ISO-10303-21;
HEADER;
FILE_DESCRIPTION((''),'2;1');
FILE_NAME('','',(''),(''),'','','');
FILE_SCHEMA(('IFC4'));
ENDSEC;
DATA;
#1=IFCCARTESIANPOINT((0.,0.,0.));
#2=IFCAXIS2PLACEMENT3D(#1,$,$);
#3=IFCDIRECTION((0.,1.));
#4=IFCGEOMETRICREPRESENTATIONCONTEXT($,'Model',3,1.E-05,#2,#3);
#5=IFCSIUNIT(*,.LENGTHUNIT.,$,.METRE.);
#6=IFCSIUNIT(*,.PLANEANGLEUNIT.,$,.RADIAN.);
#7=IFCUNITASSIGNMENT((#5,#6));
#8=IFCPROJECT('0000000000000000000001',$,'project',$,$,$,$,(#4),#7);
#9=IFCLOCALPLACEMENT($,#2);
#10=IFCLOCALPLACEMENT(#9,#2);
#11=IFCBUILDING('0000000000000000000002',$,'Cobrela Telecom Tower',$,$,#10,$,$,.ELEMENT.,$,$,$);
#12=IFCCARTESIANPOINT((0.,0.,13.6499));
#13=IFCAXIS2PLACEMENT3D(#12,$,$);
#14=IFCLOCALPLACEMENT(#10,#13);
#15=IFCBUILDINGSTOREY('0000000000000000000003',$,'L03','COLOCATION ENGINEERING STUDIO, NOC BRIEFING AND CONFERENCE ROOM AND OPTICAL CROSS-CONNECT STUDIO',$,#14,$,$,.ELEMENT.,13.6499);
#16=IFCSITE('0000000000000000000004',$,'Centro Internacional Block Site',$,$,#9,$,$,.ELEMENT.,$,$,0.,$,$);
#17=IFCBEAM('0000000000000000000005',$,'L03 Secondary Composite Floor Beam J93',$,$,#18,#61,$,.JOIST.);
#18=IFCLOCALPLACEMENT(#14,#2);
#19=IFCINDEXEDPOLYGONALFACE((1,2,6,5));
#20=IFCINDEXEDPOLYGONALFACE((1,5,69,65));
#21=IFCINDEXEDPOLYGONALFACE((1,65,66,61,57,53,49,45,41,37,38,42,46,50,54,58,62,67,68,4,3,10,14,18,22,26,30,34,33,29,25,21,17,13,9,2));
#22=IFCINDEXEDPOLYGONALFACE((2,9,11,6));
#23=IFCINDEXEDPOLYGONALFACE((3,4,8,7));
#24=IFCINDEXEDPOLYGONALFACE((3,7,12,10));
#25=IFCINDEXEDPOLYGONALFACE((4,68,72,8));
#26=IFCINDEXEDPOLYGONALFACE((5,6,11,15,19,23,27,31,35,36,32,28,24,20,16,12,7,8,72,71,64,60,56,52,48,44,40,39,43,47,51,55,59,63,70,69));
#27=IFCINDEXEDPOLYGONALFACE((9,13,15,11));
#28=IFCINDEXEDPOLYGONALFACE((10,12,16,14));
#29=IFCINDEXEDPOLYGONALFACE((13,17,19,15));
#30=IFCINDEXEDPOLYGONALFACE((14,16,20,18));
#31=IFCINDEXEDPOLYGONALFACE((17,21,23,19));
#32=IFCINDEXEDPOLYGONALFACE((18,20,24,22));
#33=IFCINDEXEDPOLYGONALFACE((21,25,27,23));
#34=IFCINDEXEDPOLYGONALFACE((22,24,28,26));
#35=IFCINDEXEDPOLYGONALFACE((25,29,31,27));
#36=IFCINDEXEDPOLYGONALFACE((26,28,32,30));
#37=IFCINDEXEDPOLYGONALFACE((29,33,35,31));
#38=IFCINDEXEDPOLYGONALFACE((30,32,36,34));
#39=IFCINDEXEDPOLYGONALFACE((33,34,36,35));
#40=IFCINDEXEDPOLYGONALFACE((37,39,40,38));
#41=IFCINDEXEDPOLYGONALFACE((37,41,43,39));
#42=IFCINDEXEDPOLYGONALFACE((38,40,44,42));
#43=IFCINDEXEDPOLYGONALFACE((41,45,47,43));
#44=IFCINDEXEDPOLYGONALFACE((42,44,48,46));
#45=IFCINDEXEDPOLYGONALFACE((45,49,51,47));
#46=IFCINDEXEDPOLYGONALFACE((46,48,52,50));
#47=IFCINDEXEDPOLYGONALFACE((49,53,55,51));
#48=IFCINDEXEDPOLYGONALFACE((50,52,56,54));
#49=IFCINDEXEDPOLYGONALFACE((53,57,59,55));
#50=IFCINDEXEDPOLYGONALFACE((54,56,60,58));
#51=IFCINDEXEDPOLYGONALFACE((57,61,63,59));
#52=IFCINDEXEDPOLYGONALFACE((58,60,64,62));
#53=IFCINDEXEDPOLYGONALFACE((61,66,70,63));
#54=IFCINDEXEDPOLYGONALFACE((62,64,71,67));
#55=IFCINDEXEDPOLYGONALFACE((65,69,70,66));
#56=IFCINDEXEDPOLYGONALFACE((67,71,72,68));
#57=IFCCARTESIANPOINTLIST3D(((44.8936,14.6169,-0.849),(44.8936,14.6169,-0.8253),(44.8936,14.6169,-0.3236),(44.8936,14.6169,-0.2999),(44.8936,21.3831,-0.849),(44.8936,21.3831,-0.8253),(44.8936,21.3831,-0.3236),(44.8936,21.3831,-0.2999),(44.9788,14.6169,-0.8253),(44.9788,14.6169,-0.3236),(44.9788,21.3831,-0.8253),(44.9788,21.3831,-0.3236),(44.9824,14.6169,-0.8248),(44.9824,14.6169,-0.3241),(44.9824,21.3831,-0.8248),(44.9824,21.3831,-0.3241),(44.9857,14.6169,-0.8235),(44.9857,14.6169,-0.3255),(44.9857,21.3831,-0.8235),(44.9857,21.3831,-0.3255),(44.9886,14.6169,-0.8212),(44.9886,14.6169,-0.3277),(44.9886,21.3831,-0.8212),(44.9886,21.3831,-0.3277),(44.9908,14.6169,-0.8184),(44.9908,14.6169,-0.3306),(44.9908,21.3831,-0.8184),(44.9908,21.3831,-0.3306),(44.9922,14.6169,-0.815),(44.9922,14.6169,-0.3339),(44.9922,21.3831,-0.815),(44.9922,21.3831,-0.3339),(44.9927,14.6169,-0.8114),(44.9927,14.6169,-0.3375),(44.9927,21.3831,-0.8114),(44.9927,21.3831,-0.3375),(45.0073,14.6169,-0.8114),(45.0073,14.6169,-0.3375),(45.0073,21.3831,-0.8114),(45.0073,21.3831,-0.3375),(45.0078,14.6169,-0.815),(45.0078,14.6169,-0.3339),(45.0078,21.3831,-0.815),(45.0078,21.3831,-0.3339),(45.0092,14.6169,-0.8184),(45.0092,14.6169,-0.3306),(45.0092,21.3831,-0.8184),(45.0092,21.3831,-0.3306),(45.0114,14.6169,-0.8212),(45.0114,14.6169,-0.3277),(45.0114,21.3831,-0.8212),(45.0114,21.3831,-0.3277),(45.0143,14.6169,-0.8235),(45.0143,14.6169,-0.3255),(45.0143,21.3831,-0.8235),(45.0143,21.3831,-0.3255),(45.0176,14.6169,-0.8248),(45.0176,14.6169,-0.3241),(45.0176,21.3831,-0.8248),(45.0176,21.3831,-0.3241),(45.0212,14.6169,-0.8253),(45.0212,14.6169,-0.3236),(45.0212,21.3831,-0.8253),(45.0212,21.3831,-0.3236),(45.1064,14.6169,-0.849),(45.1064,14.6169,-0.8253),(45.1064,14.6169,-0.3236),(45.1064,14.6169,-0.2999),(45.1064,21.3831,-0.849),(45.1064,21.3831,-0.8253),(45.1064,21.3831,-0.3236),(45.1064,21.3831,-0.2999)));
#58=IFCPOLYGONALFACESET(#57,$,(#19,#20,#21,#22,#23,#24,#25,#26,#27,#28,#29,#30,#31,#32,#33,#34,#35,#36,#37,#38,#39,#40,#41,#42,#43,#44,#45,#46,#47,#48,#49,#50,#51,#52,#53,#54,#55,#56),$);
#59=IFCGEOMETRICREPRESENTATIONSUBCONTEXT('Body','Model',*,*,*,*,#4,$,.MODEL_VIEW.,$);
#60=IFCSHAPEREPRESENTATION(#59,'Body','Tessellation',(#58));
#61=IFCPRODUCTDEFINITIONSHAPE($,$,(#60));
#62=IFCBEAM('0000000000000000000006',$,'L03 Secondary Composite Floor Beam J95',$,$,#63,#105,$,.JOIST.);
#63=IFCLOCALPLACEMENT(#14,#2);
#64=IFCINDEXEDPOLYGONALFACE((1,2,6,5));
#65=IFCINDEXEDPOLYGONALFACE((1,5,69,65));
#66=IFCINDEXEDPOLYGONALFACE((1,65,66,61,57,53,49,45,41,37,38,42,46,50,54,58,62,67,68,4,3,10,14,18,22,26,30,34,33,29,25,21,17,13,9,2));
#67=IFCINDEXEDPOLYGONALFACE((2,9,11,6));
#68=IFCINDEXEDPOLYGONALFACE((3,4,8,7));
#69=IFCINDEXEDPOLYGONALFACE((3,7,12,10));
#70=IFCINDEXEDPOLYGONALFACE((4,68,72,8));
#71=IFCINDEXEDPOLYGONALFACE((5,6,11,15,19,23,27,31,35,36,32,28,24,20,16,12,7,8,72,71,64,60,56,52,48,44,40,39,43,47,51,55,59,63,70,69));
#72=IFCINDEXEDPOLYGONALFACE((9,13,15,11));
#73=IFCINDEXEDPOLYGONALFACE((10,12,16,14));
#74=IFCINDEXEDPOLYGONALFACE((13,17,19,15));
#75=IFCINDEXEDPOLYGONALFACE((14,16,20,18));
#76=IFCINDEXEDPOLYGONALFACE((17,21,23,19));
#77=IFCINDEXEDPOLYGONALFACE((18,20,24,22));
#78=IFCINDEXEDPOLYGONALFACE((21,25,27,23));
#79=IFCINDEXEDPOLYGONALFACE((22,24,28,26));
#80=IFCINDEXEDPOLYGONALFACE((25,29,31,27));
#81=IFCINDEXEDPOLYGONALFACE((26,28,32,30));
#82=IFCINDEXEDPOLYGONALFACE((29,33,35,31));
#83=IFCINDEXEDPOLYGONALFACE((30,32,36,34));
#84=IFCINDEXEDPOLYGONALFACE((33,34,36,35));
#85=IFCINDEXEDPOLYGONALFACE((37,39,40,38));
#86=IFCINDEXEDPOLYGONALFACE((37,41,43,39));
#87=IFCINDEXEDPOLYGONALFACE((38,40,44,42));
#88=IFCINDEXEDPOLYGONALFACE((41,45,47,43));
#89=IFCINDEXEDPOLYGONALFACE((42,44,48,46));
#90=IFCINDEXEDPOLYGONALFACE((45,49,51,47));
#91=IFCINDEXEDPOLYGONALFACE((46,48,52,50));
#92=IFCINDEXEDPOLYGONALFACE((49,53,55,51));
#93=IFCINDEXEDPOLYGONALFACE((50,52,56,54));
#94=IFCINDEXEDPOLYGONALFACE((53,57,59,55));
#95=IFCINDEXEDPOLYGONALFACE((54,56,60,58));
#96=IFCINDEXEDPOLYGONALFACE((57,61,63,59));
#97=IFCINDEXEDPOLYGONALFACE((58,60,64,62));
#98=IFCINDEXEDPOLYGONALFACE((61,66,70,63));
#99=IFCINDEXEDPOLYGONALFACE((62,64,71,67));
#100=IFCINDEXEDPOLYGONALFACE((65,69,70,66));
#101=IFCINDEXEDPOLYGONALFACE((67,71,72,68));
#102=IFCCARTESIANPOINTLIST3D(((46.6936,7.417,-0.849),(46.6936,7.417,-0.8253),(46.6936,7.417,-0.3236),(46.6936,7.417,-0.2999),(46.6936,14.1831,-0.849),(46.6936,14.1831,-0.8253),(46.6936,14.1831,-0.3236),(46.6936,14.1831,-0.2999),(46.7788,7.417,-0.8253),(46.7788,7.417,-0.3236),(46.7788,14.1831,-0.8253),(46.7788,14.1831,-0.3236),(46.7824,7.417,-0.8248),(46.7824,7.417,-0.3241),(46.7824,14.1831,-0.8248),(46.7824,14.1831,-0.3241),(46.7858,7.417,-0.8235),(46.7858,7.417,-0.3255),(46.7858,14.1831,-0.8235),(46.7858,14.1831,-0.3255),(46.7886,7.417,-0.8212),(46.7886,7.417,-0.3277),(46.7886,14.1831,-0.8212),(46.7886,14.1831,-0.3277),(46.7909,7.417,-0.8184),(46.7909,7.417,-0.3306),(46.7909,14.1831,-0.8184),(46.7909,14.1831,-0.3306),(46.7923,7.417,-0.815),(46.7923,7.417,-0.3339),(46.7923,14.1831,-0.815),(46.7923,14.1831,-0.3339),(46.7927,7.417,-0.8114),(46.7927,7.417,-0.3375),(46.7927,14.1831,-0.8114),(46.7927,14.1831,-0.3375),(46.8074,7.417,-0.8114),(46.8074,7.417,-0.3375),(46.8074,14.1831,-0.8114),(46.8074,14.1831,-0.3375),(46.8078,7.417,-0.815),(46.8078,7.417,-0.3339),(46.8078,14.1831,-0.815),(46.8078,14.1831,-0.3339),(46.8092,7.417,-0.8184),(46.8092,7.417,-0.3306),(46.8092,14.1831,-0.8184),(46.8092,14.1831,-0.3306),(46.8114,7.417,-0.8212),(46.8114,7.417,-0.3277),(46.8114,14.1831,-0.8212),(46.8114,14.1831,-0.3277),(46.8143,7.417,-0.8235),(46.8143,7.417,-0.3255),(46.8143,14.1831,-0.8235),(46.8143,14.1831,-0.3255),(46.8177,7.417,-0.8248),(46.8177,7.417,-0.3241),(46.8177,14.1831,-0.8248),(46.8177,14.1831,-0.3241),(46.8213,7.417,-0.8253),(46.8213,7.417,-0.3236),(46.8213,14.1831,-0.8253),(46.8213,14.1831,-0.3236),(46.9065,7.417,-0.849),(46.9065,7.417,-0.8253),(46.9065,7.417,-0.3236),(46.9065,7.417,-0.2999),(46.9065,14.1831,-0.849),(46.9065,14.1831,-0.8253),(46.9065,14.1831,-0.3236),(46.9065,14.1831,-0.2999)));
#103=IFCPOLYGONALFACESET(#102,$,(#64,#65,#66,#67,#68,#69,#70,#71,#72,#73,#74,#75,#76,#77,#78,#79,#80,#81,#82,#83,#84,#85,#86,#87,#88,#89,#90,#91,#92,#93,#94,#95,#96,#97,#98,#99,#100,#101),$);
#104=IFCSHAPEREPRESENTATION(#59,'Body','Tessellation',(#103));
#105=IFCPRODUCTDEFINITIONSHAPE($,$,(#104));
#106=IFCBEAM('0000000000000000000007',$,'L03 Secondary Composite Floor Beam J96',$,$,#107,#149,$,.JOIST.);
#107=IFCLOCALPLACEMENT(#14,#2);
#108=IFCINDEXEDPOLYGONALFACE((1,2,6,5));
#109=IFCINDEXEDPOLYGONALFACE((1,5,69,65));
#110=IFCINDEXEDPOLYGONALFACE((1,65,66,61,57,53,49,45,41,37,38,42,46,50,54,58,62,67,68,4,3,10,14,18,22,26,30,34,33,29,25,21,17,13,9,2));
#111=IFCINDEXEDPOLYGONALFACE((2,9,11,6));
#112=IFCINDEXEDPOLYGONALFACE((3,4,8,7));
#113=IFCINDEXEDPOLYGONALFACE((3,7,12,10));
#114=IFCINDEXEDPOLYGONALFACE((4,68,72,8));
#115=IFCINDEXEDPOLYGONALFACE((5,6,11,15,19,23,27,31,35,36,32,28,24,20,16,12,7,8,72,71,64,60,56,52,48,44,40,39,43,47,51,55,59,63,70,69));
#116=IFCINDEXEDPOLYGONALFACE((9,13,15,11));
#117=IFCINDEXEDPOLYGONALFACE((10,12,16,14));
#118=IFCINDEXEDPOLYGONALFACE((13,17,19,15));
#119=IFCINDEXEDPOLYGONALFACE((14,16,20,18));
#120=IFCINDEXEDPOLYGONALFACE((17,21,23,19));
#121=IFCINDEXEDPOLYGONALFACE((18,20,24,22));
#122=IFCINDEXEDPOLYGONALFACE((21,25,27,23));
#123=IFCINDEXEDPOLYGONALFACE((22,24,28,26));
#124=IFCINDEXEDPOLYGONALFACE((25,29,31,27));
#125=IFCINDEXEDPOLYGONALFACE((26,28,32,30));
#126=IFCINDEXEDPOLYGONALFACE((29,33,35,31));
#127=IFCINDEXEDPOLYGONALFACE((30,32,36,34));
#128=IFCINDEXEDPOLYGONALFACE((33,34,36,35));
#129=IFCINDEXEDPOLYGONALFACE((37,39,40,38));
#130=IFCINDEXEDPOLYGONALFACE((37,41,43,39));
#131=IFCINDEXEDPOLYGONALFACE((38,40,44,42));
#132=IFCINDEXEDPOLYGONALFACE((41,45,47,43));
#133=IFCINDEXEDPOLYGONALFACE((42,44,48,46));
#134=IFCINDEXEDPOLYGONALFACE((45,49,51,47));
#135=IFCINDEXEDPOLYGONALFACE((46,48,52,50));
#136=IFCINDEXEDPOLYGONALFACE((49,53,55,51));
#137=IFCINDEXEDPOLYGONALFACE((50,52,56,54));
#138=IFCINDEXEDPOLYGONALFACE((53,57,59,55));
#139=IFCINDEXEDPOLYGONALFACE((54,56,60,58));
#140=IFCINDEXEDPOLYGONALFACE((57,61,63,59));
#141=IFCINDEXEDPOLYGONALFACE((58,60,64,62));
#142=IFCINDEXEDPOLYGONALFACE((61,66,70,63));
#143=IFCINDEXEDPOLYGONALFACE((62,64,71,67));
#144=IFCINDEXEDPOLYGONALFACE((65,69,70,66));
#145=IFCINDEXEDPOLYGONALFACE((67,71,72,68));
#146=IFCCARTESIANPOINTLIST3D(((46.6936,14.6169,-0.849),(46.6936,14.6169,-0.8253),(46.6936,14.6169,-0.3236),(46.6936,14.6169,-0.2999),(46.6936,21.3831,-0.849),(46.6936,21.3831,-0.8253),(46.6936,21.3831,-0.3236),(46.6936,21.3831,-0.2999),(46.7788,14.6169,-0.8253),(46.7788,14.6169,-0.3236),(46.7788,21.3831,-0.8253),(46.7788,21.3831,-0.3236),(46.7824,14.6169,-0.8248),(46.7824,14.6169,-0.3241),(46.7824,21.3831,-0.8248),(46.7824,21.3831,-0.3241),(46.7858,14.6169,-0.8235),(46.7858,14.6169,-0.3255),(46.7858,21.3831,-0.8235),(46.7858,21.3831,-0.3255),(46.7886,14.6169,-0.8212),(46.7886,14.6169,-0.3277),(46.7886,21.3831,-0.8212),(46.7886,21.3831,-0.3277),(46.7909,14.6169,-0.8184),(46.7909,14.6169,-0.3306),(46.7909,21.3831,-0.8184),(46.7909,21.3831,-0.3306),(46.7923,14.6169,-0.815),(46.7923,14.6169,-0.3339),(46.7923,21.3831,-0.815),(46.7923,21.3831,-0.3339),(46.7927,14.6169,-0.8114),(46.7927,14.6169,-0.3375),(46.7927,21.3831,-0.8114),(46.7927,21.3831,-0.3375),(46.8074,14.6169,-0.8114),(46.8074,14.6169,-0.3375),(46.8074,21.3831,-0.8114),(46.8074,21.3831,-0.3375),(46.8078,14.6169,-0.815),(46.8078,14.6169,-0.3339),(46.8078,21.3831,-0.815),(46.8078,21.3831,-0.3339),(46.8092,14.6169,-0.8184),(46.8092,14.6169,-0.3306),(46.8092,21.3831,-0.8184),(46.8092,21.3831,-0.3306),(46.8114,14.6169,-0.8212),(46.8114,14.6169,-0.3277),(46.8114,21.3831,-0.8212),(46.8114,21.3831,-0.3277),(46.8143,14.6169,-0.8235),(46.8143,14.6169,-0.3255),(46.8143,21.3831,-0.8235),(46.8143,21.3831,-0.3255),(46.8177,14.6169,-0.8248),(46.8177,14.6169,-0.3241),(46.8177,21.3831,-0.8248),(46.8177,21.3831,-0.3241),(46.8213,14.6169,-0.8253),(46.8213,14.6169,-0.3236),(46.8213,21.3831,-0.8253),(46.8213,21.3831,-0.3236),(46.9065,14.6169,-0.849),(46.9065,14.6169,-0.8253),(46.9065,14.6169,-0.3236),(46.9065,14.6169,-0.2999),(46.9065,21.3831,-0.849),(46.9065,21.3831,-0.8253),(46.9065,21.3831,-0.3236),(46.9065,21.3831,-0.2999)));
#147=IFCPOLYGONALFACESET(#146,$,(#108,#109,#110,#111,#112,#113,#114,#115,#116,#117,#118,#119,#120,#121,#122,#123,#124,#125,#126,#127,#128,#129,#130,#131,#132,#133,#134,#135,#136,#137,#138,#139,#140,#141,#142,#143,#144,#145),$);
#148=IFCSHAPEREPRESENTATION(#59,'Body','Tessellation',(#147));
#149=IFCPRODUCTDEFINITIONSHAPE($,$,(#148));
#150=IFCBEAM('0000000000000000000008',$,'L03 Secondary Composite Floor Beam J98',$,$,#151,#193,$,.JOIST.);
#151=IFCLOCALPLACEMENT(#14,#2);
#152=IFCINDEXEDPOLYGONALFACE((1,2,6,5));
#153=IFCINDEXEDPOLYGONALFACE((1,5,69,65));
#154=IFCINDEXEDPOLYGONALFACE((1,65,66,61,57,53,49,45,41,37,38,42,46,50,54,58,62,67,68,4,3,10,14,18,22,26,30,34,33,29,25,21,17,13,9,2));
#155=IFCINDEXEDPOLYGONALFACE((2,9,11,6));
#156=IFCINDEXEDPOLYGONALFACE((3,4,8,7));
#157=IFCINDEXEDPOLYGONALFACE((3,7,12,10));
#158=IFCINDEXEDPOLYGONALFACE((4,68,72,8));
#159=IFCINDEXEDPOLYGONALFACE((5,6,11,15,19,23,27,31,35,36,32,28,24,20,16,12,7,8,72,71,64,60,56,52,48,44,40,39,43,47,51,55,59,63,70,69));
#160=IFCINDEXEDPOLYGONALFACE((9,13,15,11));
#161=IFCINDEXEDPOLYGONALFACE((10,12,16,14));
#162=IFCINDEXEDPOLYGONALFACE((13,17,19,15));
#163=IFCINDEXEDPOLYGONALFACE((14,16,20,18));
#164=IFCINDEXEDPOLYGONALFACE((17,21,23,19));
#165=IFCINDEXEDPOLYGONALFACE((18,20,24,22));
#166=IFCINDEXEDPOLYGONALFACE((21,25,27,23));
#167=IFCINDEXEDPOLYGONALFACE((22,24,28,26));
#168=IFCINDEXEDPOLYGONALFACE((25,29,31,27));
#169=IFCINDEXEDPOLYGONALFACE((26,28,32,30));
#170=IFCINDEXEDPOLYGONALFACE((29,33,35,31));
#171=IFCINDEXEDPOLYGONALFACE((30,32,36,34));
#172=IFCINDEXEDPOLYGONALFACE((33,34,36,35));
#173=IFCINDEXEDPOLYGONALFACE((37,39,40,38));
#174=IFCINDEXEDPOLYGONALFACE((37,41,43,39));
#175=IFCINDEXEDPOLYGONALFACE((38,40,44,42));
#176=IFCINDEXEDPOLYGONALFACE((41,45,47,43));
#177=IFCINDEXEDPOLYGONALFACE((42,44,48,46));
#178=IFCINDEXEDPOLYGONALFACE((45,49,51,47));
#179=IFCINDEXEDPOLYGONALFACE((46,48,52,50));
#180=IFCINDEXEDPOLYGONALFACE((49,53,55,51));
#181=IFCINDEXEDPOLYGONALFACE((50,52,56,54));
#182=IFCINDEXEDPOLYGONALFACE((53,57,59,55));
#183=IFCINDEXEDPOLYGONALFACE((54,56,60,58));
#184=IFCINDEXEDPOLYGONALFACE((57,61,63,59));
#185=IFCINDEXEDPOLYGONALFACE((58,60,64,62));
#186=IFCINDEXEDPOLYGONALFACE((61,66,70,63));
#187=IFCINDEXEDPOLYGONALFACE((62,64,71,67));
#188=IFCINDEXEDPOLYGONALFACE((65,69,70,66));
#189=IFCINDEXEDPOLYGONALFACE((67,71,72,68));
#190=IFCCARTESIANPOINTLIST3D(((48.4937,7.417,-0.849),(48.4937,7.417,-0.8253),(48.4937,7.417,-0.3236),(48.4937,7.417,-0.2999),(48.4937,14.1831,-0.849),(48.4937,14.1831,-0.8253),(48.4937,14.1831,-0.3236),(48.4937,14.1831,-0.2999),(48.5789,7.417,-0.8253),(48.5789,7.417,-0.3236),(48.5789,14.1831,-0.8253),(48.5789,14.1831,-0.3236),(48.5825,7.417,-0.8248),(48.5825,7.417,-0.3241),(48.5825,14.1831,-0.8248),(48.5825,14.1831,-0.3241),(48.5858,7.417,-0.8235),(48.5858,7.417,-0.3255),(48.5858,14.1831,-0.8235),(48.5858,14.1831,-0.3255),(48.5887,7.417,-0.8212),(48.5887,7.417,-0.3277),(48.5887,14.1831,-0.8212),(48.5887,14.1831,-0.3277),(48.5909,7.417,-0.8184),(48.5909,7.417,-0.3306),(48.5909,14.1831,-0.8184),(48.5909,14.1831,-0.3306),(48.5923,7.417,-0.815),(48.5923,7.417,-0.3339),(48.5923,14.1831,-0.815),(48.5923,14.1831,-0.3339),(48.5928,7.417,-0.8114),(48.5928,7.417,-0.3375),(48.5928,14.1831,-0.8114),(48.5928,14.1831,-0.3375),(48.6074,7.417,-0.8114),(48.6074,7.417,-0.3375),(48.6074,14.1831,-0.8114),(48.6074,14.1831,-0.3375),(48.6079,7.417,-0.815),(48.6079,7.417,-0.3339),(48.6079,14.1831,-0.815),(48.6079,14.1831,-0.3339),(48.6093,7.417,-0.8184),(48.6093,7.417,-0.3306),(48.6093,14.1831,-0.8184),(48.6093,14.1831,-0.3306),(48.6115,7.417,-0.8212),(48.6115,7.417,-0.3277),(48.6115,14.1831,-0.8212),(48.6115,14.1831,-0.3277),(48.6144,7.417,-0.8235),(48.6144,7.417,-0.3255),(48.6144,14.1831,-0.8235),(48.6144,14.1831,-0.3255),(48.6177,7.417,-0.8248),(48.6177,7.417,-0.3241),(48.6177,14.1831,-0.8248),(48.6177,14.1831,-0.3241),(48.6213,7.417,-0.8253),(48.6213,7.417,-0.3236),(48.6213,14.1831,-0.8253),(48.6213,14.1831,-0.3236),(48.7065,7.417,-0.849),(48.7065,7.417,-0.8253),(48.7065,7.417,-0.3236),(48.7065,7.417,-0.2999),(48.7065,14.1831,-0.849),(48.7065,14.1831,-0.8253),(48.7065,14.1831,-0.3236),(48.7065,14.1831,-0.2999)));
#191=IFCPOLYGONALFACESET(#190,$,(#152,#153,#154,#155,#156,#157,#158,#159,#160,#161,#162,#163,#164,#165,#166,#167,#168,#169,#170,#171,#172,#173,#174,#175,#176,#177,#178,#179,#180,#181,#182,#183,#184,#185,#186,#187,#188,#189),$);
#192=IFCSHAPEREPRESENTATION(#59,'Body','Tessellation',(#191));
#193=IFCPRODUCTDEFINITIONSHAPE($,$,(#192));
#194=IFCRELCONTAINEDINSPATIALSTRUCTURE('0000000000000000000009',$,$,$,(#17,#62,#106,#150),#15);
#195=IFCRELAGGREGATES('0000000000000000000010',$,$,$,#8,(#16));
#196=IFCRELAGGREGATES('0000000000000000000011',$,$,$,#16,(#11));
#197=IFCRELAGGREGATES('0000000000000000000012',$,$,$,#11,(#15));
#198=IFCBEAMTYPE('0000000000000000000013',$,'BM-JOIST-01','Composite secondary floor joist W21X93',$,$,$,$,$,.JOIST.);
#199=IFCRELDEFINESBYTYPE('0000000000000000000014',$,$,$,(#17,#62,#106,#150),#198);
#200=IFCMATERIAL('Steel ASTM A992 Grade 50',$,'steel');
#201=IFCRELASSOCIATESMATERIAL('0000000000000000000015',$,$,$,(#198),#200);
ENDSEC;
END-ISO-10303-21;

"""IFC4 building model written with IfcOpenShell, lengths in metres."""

from ifc_helpers import new_model, si_unit, direction, frame, origin, origin_2d, place, context, subcontext, project, spatial, i_section, extrude, material, material_profile, profile_set, type_object, element, save


model = new_model("IFC4")

# Units and contexts
model_context = context("Model", 3, precision=1e-05, world=origin(), true_north=direction((0.0, 1.0)))
body_context = subcontext(model_context, "Body", "Model", "MODEL_VIEW")
ifc_project = project(units=[si_unit("LENGTHUNIT", "METRE"), si_unit("PLANEANGLEUNIT", "RADIAN")], contexts=[model_context])

# Site, building, storey
site_placement = place(None, origin())
site = spatial("IfcSite", under=ifc_project, at=site_placement, Name="Centro Internacional Block Site", CompositionType="ELEMENT", RefElevation=0.0)
building_placement = place(site_placement, origin())
building = spatial("IfcBuilding", under=site, at=building_placement, Name="Cobrela Telecom Tower", CompositionType="ELEMENT")
storey_placement = place(building_placement, frame((0.0, 0.0, 13.6499)))
storey = spatial("IfcBuildingStorey", under=building, at=storey_placement, Name="L03", Description="COLOCATION ENGINEERING STUDIO, NOC BRIEFING AND CONFERENCE ROOM AND OPTICAL CROSS-CONNECT STUDIO", CompositionType="ELEMENT", Elevation=13.6499)

# Beams
ifc_material_1 = material(Name="Steel ASTM A992 Grade 50", Category="steel")
ifc_material_profile_1 = material_profile(ifc_material_1, i_section(OverallWidth=0.2129, OverallDepth=0.5491, WebThickness=0.0146, FlangeThickness=0.0237, FilletRadius=0.0139, at=origin_2d()), Name="W21X93")
ifc_profile_set_1 = profile_set([ifc_material_profile_1], Name="Steel ASTM A992 Grade 50")
beam_type_1 = type_object("IfcBeamType", Name="BM-JOIST-01", Description="Composite secondary floor joist W21X93", PredefinedType="JOIST", material=ifc_profile_set_1)
for number, where, z_axis, x_axis, name in (
    (1, (45.0, 14.6169, -0.5745), (0.0, 1.0, 0.0), (-1.0, 0.0, 0.0), "L03 Secondary Composite Floor Beam J93"),
    (2, (46.8, 7.417, -0.5745), (0.0, 1.0, 0.0), (-1.0, 0.0, 0.0), "L03 Secondary Composite Floor Beam J95"),
    (3, (46.8, 14.6169, -0.5745), (0.0, 1.0, 0.0), (-1.0, 0.0, 0.0), "L03 Secondary Composite Floor Beam J96"),
    (4, (48.6001, 7.417, -0.5745), (0.0, 1.0, 0.0), (-1.0, 0.0, 0.0), "L03 Secondary Composite Floor Beam J98"),
):
    element("IfcBeam", number, at=place(storey_placement, frame(where, z_axis=z_axis, x_axis=x_axis)), inside=storey, type_object=beam_type_1, Name=name, PredefinedType="JOIST", context=body_context, shape_type="SweptSolid", body=[
        extrude(i_section(OverallWidth=0.2129, OverallDepth=0.5491, WebThickness=0.0146, FlangeThickness=0.0237, FilletRadius=0.0139, at=origin_2d()), origin(), (0.0, 0.0, 1.0), 6.7661),
    ])

save(model, "model.ifc")
